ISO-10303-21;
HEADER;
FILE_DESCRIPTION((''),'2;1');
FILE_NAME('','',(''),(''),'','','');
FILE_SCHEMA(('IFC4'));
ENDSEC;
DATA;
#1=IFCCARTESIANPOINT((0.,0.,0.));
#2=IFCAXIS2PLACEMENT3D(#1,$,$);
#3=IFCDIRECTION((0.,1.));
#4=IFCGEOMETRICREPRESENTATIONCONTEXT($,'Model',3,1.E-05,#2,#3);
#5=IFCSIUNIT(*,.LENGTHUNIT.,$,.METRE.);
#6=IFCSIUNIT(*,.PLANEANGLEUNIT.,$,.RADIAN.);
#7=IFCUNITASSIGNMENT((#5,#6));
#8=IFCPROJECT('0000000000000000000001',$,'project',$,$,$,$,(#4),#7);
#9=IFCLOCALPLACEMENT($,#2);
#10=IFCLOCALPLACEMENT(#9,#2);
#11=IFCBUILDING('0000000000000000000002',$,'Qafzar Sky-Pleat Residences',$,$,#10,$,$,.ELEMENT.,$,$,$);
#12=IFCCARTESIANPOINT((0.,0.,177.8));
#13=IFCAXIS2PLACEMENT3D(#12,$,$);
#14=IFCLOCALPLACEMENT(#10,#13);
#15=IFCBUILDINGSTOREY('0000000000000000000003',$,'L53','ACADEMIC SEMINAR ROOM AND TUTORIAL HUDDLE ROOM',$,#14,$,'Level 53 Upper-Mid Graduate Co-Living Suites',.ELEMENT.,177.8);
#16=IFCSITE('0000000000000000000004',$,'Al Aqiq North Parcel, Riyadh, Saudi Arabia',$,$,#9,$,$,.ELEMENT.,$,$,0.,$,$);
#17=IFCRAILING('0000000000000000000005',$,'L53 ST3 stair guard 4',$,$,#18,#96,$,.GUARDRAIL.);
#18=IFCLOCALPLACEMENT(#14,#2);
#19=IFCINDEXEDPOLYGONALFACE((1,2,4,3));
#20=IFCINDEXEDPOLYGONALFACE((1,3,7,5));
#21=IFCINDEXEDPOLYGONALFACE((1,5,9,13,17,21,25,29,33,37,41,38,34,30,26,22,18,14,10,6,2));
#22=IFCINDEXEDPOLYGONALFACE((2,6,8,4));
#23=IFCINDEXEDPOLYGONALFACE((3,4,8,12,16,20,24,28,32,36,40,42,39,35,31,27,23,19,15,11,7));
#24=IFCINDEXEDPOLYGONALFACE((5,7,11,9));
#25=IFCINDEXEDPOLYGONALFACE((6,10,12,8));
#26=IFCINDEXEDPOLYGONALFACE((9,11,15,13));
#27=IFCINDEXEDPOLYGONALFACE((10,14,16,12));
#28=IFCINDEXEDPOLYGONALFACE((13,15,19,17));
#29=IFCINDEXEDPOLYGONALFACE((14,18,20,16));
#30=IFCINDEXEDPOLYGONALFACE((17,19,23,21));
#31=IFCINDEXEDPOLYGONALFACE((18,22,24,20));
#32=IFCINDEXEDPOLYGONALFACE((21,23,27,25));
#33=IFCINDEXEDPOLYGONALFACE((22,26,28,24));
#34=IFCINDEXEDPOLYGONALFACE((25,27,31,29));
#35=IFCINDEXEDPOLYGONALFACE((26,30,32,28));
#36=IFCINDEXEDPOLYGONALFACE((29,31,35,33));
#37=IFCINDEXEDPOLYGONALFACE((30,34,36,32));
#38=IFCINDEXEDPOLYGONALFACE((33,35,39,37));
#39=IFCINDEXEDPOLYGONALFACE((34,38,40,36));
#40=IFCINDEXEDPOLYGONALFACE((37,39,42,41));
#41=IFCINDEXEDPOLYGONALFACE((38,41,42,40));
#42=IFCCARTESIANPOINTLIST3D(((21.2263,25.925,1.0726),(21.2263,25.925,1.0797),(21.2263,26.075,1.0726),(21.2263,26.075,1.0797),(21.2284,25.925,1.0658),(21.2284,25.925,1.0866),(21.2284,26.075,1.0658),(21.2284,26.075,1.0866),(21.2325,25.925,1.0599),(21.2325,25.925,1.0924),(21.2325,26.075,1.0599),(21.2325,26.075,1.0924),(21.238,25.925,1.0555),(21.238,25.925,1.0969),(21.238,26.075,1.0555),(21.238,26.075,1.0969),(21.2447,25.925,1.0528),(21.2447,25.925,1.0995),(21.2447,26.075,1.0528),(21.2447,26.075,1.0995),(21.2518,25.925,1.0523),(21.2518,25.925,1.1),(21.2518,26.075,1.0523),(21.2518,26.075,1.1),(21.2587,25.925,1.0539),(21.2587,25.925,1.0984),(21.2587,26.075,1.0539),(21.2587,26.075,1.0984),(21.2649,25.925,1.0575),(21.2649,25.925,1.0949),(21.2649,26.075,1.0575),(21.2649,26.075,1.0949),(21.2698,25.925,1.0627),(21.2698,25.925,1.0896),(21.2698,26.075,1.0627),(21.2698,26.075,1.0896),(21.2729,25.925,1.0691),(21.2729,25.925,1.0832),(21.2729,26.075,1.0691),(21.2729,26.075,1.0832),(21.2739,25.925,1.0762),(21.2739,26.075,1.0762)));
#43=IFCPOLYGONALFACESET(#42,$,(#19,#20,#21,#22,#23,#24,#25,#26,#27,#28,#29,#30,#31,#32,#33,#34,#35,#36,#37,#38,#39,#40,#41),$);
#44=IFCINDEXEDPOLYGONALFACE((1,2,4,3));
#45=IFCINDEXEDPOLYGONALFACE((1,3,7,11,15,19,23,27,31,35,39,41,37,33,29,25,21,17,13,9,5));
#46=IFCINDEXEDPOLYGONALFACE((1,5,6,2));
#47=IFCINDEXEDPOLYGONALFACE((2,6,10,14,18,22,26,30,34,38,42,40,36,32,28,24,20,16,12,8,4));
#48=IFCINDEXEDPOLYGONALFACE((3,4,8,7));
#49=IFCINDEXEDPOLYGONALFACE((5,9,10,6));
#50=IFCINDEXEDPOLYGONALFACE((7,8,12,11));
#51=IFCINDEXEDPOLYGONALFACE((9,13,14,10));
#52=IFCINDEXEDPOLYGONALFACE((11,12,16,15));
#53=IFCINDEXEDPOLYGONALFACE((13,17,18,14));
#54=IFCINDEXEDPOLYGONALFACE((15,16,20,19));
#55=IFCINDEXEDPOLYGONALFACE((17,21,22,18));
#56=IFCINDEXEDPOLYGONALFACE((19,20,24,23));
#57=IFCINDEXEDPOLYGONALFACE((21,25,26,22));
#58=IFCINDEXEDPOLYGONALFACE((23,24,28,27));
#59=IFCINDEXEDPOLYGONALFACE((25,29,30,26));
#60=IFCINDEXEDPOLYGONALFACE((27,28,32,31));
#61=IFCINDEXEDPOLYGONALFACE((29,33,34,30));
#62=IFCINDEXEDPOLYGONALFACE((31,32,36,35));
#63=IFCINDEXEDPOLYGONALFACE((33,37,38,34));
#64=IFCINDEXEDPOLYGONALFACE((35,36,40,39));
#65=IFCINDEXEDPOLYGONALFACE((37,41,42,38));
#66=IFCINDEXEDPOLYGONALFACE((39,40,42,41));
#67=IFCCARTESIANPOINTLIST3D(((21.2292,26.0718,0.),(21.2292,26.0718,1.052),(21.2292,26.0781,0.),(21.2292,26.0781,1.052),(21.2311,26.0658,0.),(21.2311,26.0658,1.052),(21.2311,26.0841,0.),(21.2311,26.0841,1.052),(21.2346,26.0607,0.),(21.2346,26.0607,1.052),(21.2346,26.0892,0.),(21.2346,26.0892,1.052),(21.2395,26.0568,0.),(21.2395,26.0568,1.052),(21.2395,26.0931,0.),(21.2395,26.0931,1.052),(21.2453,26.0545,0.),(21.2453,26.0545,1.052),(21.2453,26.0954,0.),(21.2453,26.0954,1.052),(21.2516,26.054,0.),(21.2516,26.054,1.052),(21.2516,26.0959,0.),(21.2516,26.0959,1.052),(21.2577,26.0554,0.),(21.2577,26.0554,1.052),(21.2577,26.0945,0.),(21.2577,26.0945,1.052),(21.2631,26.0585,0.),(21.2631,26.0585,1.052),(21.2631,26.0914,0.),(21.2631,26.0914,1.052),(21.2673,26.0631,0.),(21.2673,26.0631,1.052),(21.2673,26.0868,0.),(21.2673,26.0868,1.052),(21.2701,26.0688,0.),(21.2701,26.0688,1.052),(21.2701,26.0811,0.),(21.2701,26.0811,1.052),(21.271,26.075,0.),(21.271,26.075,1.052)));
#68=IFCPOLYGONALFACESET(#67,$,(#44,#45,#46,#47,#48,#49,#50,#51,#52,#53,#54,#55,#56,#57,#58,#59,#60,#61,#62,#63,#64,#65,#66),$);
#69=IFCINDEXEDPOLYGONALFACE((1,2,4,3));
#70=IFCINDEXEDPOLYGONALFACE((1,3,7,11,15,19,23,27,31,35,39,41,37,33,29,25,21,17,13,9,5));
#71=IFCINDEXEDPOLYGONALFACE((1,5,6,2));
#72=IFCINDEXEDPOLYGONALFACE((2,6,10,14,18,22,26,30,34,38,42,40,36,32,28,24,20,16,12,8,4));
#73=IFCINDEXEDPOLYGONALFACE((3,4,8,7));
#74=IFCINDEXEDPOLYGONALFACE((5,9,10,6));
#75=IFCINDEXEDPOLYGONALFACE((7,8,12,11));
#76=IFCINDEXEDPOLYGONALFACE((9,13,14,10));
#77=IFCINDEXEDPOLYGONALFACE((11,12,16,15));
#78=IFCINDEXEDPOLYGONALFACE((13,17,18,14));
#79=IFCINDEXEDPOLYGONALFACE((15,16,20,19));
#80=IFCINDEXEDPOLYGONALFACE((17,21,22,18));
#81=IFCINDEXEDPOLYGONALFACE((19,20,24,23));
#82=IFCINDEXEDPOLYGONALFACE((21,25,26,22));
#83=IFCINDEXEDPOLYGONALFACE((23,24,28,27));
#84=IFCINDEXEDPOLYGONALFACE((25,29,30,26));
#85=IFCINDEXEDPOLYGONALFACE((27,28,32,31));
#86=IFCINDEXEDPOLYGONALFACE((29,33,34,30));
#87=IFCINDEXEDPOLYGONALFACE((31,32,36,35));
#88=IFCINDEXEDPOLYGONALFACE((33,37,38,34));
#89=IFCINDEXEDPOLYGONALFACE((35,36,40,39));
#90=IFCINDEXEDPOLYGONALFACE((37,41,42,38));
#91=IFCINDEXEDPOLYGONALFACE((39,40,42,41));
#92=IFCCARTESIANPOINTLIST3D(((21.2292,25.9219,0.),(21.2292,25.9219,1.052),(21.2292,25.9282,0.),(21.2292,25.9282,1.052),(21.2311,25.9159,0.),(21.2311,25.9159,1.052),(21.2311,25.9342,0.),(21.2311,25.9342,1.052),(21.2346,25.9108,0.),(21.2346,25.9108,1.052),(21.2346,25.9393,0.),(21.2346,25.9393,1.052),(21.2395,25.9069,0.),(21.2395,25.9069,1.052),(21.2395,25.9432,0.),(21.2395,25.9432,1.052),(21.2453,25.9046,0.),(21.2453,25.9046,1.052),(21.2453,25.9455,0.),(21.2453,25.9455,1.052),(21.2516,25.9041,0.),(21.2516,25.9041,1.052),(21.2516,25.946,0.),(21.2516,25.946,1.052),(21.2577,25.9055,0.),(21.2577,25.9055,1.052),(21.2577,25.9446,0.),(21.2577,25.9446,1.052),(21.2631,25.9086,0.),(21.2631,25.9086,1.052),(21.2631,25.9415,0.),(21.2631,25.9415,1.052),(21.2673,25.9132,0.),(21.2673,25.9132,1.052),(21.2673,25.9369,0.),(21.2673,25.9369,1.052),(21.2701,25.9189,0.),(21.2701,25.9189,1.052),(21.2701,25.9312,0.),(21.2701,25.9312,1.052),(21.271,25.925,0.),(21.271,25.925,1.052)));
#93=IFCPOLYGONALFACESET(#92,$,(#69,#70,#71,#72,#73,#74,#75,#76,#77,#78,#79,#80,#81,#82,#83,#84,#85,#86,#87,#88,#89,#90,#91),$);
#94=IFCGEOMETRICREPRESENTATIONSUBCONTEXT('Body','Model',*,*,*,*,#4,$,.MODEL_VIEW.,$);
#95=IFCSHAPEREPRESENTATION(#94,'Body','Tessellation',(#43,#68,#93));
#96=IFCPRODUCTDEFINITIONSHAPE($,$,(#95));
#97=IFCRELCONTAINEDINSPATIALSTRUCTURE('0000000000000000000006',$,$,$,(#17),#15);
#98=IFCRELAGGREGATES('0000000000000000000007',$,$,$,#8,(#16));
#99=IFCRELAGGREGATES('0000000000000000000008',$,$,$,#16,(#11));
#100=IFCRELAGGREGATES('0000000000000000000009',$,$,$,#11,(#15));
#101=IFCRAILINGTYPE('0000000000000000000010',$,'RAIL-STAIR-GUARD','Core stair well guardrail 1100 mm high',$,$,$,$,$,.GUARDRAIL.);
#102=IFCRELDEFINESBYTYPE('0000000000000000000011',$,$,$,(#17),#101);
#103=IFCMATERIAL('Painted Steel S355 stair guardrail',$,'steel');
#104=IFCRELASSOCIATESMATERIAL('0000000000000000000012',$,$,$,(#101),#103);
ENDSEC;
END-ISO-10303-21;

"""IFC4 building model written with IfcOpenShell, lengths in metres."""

from ifc_helpers import new_model, si_unit, direction, frame, origin, origin_2d, place, context, subcontext, project, spatial, circle, extrude, source, transform, mapped, material, type_object, element, save


model = new_model("IFC4")

# Units and contexts
model_context = context("Model", 3, precision=1e-05, world=origin(), true_north=direction((0.0, 1.0)))
body_context = subcontext(model_context, "Body", "Model", "MODEL_VIEW")
ifc_project = project(units=[si_unit("LENGTHUNIT", "METRE"), si_unit("PLANEANGLEUNIT", "RADIAN")], contexts=[model_context])

# Site, building, storey
site_placement = place(None, origin())
site = spatial("IfcSite", under=ifc_project, at=site_placement, Name="Al Aqiq North Parcel, Riyadh, Saudi Arabia", CompositionType="ELEMENT", RefElevation=0.0)
building_placement = place(site_placement, origin())
building = spatial("IfcBuilding", under=site, at=building_placement, Name="Qafzar Sky-Pleat Residences", CompositionType="ELEMENT")
storey_placement = place(building_placement, frame((0.0, 0.0, 177.8)))
storey = spatial("IfcBuildingStorey", under=building, at=storey_placement, Name="L53", Description="ACADEMIC SEMINAR ROOM AND TUTORIAL HUDDLE ROOM", LongName="Level 53 Upper-Mid Graduate Co-Living Suites", CompositionType="ELEMENT", Elevation=177.8)

# Railing
ifc_material_1 = material(Name="Painted Steel S355 stair guardrail", Category="steel")
railing_type_1 = type_object("IfcRailingType", Name="RAIL-STAIR-GUARD", Description="Core stair well guardrail 1100 mm high", PredefinedType="GUARDRAIL", material=ifc_material_1)
shared_shape_1 = source(origin(), body_context, "Body", "SweptSolid", [
    extrude(circle(Radius=0.0239, at=origin_2d()), frame((0.0, 0.0, 1.0762), z_axis=(0.0, -1.0, 0.0), x_axis=(1.0, 0.0, 0.0)), (0.0, 0.0, 1.0), 0.1499),
    extrude(circle(Radius=0.021, at=origin_2d()), origin(), (0.0, 0.0, 1.0), 1.052),
    extrude(circle(Radius=0.021, at=origin_2d()), frame((0.0, -0.1499, 0.0)), (0.0, 0.0, 1.0), 1.052),
])
for number, where, name in (
    (1, (21.25, 26.075, 0.0), "L53 ST3 stair guard 4"),
):
    element("IfcRailing", number, at=place(storey_placement, frame(where)), inside=storey, type_object=railing_type_1, Name=name, PredefinedType="GUARDRAIL", context=body_context, shape_type="MappedRepresentation", body=[
        mapped(shared_shape_1, transform((0.0, 0.0, 0.0), x_axis=(1.0, 0.0, 0.0), y_axis=(0.0, 1.0, 0.0), z_axis=(0.0, 0.0, 1.0), scale=1.0)),
    ])

save(model, "model.ifc")
